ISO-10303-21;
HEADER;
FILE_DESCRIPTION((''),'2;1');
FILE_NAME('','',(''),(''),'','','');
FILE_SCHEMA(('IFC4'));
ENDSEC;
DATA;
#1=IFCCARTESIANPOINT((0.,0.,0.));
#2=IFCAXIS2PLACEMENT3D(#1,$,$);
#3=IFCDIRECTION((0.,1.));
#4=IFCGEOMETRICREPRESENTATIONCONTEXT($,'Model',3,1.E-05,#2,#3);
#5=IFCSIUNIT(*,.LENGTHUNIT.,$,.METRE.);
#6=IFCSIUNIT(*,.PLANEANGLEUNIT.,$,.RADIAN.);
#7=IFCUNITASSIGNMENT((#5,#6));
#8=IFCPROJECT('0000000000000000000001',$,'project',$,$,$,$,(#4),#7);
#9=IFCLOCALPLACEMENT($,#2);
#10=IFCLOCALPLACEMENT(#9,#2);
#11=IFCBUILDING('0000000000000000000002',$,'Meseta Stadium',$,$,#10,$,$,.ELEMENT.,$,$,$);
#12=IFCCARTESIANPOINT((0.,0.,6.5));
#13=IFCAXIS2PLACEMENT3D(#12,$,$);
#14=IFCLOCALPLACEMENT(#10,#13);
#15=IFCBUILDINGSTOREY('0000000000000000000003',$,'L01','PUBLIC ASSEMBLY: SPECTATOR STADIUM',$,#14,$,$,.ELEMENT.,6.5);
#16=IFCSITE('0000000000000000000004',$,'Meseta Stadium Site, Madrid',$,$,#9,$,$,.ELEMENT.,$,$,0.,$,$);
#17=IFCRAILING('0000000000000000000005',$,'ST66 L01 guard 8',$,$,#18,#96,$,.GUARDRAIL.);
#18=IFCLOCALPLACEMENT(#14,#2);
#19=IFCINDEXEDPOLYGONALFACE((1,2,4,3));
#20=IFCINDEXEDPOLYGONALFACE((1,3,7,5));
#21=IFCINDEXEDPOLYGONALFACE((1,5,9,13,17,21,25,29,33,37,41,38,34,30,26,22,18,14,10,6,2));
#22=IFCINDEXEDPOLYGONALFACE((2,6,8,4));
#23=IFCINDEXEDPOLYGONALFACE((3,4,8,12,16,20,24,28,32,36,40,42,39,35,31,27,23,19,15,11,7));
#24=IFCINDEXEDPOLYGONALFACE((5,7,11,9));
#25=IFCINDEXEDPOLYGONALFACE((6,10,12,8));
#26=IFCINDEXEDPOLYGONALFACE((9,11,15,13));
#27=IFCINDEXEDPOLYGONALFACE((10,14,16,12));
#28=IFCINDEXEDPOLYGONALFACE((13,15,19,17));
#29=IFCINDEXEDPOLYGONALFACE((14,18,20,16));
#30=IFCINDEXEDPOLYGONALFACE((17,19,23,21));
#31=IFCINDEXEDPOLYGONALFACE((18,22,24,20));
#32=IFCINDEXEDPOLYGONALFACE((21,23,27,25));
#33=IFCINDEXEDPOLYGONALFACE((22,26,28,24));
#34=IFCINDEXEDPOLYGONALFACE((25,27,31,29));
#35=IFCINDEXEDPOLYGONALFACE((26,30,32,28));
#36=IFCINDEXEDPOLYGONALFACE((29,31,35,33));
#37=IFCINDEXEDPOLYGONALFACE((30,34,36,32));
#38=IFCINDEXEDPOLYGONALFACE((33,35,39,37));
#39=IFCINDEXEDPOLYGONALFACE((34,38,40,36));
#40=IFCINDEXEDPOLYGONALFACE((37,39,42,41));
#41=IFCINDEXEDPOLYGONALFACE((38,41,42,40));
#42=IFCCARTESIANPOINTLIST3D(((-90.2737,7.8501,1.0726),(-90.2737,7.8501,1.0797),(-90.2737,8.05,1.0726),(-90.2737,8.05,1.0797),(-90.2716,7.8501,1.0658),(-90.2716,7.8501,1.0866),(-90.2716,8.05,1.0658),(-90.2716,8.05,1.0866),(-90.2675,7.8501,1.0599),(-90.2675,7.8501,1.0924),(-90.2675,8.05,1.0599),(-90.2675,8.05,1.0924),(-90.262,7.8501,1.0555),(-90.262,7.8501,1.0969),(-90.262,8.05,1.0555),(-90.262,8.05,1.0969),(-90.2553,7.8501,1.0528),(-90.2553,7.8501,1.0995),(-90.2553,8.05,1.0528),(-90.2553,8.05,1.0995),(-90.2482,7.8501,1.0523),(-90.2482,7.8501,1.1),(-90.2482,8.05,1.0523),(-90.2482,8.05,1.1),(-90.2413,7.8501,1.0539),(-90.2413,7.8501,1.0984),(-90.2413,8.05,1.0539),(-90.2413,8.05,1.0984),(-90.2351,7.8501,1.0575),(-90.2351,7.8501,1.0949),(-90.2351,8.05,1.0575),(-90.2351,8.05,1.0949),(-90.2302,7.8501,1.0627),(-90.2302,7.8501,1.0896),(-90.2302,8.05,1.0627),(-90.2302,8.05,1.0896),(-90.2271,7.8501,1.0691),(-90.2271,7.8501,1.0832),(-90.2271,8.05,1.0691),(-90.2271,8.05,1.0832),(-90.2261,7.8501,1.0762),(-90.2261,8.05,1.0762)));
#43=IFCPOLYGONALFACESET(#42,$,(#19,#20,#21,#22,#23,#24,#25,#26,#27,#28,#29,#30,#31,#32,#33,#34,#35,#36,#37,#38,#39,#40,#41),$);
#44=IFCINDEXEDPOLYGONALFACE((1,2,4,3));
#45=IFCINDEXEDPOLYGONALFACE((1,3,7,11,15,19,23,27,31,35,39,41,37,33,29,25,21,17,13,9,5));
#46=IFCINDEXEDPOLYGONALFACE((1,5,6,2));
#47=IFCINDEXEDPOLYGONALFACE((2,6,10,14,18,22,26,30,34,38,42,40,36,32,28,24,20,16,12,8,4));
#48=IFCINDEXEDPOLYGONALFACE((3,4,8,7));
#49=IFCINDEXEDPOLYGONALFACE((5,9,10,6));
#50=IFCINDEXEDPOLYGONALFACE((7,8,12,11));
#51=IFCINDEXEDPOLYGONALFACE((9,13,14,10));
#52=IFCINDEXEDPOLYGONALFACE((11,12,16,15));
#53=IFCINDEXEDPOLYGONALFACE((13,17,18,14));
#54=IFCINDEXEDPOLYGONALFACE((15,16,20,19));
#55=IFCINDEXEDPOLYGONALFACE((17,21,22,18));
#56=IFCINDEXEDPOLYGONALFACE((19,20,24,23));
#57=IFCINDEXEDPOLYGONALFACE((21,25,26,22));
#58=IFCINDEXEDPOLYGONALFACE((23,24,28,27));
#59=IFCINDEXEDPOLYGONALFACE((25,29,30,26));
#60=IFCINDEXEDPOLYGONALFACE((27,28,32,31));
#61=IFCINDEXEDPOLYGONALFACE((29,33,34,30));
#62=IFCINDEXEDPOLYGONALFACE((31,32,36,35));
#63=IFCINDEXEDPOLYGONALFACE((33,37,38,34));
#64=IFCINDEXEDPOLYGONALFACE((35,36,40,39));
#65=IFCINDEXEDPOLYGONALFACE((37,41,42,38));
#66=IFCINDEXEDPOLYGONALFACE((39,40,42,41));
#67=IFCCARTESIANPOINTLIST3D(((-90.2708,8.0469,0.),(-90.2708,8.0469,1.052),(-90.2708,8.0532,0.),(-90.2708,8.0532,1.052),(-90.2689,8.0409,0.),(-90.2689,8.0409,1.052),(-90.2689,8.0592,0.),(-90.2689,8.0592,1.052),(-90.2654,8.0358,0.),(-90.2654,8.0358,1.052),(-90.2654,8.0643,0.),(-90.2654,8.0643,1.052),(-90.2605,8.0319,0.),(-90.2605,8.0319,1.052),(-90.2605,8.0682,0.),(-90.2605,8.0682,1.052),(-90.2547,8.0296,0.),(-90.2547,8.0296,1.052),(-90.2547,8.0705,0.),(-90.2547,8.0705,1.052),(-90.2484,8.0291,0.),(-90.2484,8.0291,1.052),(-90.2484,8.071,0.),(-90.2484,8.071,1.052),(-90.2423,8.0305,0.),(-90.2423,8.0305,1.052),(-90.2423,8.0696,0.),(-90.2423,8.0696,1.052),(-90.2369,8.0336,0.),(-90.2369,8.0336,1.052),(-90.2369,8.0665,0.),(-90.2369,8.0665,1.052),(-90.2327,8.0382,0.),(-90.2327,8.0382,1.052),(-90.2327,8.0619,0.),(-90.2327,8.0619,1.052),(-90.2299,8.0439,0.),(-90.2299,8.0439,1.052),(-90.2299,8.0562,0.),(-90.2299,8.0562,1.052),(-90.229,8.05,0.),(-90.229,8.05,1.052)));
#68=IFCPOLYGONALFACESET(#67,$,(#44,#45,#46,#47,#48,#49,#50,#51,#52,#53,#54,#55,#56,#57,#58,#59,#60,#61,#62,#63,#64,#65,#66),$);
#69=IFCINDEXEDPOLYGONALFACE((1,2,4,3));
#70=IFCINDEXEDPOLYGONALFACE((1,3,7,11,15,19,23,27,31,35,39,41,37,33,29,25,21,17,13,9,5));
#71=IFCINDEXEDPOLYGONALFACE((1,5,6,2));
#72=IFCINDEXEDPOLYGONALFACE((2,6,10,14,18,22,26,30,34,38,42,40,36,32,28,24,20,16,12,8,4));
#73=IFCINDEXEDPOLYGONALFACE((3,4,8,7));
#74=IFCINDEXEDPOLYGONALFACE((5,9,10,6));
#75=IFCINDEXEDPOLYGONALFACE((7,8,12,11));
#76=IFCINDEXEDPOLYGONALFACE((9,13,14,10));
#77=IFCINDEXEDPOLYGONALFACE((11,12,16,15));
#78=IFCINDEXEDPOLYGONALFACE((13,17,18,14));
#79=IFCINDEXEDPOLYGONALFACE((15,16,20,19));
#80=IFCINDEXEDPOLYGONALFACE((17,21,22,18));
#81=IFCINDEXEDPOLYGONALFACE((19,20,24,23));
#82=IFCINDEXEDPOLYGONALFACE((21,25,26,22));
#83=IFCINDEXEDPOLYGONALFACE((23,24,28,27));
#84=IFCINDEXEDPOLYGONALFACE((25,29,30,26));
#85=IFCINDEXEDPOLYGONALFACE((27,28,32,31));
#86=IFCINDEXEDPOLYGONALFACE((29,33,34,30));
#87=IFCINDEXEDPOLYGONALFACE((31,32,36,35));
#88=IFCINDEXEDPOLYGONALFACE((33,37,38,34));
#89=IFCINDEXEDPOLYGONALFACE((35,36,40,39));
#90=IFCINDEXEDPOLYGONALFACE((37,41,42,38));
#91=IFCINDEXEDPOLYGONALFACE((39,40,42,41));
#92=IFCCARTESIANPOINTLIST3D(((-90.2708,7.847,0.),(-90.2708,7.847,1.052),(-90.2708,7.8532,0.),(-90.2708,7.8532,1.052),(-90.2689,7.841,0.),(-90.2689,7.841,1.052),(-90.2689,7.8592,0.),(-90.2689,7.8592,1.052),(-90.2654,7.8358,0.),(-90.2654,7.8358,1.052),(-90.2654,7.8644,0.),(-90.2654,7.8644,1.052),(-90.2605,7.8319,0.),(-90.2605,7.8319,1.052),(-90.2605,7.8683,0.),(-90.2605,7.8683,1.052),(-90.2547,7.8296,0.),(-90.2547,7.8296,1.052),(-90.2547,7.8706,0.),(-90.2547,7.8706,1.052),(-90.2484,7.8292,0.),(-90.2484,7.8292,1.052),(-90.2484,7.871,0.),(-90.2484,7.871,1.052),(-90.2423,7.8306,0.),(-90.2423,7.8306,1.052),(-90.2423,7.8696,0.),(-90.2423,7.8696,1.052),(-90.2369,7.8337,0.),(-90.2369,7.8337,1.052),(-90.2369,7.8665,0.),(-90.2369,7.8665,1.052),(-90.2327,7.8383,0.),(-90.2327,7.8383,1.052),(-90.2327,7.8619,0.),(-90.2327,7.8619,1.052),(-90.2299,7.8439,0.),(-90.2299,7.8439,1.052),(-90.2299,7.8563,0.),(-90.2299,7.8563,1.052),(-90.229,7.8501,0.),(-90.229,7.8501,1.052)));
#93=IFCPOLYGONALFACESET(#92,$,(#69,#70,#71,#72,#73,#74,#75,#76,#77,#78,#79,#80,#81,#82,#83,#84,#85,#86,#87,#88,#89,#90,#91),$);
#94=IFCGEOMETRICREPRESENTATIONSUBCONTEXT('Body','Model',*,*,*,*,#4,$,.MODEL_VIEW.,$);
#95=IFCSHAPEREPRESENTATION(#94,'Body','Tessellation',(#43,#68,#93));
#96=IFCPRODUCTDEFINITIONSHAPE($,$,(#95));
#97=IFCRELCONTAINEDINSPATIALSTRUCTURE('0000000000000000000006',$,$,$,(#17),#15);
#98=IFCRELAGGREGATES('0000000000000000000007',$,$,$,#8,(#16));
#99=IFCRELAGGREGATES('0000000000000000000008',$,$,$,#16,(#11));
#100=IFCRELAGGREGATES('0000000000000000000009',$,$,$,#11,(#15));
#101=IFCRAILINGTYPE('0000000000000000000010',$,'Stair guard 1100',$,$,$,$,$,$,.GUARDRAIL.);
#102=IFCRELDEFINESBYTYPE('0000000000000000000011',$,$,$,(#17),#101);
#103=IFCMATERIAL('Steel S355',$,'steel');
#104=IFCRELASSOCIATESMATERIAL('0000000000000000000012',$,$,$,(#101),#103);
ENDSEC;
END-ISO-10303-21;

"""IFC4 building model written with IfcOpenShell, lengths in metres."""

from ifc_helpers import new_model, si_unit, direction, frame, origin, origin_2d, place, context, subcontext, project, spatial, circle, extrude, material, type_object, element, save


model = new_model("IFC4")

# Units and contexts
model_context = context("Model", 3, precision=1e-05, world=origin(), true_north=direction((0.0, 1.0)))
body_context = subcontext(model_context, "Body", "Model", "MODEL_VIEW")
ifc_project = project(units=[si_unit("LENGTHUNIT", "METRE"), si_unit("PLANEANGLEUNIT", "RADIAN")], contexts=[model_context])

# Site, building, storey
site_placement = place(None, origin())
site = spatial("IfcSite", under=ifc_project, at=site_placement, Name="Meseta Stadium Site, Madrid", CompositionType="ELEMENT", RefElevation=0.0)
building_placement = place(site_placement, origin())
building = spatial("IfcBuilding", under=site, at=building_placement, Name="Meseta Stadium", CompositionType="ELEMENT")
storey_placement = place(building_placement, frame((0.0, 0.0, 6.5)))
storey = spatial("IfcBuildingStorey", under=building, at=storey_placement, Name="L01", Description="PUBLIC ASSEMBLY: SPECTATOR STADIUM", CompositionType="ELEMENT", Elevation=6.5)

# Railing
ifc_material_1 = material(Name="Steel S355", Category="steel")
railing_type_1 = type_object("IfcRailingType", Name="Stair guard 1100", PredefinedType="GUARDRAIL", material=ifc_material_1)
railing_1_placement = place(storey_placement, frame((-90.25, 8.05, 0.0)))
element("IfcRailing", 1, at=railing_1_placement, inside=storey, type_object=railing_type_1, Name="ST66 L01 guard 8", PredefinedType="GUARDRAIL", context=body_context, shape_type="SweptSolid", body=[
    extrude(circle(Radius=0.0239, at=origin_2d()), frame((0.0, 0.0, 1.0762), z_axis=(0.0, -1.0, 0.0), x_axis=(1.0, 0.0, 0.0)), (0.0, 0.0, 1.0), 0.2),
    extrude(circle(Radius=0.021, at=origin_2d()), origin(), (0.0, 0.0, 1.0), 1.052),
    extrude(circle(Radius=0.021, at=origin_2d()), frame((0.0, -0.2, 0.0)), (0.0, 0.0, 1.0), 1.052),
])

save(model, "model.ifc")
